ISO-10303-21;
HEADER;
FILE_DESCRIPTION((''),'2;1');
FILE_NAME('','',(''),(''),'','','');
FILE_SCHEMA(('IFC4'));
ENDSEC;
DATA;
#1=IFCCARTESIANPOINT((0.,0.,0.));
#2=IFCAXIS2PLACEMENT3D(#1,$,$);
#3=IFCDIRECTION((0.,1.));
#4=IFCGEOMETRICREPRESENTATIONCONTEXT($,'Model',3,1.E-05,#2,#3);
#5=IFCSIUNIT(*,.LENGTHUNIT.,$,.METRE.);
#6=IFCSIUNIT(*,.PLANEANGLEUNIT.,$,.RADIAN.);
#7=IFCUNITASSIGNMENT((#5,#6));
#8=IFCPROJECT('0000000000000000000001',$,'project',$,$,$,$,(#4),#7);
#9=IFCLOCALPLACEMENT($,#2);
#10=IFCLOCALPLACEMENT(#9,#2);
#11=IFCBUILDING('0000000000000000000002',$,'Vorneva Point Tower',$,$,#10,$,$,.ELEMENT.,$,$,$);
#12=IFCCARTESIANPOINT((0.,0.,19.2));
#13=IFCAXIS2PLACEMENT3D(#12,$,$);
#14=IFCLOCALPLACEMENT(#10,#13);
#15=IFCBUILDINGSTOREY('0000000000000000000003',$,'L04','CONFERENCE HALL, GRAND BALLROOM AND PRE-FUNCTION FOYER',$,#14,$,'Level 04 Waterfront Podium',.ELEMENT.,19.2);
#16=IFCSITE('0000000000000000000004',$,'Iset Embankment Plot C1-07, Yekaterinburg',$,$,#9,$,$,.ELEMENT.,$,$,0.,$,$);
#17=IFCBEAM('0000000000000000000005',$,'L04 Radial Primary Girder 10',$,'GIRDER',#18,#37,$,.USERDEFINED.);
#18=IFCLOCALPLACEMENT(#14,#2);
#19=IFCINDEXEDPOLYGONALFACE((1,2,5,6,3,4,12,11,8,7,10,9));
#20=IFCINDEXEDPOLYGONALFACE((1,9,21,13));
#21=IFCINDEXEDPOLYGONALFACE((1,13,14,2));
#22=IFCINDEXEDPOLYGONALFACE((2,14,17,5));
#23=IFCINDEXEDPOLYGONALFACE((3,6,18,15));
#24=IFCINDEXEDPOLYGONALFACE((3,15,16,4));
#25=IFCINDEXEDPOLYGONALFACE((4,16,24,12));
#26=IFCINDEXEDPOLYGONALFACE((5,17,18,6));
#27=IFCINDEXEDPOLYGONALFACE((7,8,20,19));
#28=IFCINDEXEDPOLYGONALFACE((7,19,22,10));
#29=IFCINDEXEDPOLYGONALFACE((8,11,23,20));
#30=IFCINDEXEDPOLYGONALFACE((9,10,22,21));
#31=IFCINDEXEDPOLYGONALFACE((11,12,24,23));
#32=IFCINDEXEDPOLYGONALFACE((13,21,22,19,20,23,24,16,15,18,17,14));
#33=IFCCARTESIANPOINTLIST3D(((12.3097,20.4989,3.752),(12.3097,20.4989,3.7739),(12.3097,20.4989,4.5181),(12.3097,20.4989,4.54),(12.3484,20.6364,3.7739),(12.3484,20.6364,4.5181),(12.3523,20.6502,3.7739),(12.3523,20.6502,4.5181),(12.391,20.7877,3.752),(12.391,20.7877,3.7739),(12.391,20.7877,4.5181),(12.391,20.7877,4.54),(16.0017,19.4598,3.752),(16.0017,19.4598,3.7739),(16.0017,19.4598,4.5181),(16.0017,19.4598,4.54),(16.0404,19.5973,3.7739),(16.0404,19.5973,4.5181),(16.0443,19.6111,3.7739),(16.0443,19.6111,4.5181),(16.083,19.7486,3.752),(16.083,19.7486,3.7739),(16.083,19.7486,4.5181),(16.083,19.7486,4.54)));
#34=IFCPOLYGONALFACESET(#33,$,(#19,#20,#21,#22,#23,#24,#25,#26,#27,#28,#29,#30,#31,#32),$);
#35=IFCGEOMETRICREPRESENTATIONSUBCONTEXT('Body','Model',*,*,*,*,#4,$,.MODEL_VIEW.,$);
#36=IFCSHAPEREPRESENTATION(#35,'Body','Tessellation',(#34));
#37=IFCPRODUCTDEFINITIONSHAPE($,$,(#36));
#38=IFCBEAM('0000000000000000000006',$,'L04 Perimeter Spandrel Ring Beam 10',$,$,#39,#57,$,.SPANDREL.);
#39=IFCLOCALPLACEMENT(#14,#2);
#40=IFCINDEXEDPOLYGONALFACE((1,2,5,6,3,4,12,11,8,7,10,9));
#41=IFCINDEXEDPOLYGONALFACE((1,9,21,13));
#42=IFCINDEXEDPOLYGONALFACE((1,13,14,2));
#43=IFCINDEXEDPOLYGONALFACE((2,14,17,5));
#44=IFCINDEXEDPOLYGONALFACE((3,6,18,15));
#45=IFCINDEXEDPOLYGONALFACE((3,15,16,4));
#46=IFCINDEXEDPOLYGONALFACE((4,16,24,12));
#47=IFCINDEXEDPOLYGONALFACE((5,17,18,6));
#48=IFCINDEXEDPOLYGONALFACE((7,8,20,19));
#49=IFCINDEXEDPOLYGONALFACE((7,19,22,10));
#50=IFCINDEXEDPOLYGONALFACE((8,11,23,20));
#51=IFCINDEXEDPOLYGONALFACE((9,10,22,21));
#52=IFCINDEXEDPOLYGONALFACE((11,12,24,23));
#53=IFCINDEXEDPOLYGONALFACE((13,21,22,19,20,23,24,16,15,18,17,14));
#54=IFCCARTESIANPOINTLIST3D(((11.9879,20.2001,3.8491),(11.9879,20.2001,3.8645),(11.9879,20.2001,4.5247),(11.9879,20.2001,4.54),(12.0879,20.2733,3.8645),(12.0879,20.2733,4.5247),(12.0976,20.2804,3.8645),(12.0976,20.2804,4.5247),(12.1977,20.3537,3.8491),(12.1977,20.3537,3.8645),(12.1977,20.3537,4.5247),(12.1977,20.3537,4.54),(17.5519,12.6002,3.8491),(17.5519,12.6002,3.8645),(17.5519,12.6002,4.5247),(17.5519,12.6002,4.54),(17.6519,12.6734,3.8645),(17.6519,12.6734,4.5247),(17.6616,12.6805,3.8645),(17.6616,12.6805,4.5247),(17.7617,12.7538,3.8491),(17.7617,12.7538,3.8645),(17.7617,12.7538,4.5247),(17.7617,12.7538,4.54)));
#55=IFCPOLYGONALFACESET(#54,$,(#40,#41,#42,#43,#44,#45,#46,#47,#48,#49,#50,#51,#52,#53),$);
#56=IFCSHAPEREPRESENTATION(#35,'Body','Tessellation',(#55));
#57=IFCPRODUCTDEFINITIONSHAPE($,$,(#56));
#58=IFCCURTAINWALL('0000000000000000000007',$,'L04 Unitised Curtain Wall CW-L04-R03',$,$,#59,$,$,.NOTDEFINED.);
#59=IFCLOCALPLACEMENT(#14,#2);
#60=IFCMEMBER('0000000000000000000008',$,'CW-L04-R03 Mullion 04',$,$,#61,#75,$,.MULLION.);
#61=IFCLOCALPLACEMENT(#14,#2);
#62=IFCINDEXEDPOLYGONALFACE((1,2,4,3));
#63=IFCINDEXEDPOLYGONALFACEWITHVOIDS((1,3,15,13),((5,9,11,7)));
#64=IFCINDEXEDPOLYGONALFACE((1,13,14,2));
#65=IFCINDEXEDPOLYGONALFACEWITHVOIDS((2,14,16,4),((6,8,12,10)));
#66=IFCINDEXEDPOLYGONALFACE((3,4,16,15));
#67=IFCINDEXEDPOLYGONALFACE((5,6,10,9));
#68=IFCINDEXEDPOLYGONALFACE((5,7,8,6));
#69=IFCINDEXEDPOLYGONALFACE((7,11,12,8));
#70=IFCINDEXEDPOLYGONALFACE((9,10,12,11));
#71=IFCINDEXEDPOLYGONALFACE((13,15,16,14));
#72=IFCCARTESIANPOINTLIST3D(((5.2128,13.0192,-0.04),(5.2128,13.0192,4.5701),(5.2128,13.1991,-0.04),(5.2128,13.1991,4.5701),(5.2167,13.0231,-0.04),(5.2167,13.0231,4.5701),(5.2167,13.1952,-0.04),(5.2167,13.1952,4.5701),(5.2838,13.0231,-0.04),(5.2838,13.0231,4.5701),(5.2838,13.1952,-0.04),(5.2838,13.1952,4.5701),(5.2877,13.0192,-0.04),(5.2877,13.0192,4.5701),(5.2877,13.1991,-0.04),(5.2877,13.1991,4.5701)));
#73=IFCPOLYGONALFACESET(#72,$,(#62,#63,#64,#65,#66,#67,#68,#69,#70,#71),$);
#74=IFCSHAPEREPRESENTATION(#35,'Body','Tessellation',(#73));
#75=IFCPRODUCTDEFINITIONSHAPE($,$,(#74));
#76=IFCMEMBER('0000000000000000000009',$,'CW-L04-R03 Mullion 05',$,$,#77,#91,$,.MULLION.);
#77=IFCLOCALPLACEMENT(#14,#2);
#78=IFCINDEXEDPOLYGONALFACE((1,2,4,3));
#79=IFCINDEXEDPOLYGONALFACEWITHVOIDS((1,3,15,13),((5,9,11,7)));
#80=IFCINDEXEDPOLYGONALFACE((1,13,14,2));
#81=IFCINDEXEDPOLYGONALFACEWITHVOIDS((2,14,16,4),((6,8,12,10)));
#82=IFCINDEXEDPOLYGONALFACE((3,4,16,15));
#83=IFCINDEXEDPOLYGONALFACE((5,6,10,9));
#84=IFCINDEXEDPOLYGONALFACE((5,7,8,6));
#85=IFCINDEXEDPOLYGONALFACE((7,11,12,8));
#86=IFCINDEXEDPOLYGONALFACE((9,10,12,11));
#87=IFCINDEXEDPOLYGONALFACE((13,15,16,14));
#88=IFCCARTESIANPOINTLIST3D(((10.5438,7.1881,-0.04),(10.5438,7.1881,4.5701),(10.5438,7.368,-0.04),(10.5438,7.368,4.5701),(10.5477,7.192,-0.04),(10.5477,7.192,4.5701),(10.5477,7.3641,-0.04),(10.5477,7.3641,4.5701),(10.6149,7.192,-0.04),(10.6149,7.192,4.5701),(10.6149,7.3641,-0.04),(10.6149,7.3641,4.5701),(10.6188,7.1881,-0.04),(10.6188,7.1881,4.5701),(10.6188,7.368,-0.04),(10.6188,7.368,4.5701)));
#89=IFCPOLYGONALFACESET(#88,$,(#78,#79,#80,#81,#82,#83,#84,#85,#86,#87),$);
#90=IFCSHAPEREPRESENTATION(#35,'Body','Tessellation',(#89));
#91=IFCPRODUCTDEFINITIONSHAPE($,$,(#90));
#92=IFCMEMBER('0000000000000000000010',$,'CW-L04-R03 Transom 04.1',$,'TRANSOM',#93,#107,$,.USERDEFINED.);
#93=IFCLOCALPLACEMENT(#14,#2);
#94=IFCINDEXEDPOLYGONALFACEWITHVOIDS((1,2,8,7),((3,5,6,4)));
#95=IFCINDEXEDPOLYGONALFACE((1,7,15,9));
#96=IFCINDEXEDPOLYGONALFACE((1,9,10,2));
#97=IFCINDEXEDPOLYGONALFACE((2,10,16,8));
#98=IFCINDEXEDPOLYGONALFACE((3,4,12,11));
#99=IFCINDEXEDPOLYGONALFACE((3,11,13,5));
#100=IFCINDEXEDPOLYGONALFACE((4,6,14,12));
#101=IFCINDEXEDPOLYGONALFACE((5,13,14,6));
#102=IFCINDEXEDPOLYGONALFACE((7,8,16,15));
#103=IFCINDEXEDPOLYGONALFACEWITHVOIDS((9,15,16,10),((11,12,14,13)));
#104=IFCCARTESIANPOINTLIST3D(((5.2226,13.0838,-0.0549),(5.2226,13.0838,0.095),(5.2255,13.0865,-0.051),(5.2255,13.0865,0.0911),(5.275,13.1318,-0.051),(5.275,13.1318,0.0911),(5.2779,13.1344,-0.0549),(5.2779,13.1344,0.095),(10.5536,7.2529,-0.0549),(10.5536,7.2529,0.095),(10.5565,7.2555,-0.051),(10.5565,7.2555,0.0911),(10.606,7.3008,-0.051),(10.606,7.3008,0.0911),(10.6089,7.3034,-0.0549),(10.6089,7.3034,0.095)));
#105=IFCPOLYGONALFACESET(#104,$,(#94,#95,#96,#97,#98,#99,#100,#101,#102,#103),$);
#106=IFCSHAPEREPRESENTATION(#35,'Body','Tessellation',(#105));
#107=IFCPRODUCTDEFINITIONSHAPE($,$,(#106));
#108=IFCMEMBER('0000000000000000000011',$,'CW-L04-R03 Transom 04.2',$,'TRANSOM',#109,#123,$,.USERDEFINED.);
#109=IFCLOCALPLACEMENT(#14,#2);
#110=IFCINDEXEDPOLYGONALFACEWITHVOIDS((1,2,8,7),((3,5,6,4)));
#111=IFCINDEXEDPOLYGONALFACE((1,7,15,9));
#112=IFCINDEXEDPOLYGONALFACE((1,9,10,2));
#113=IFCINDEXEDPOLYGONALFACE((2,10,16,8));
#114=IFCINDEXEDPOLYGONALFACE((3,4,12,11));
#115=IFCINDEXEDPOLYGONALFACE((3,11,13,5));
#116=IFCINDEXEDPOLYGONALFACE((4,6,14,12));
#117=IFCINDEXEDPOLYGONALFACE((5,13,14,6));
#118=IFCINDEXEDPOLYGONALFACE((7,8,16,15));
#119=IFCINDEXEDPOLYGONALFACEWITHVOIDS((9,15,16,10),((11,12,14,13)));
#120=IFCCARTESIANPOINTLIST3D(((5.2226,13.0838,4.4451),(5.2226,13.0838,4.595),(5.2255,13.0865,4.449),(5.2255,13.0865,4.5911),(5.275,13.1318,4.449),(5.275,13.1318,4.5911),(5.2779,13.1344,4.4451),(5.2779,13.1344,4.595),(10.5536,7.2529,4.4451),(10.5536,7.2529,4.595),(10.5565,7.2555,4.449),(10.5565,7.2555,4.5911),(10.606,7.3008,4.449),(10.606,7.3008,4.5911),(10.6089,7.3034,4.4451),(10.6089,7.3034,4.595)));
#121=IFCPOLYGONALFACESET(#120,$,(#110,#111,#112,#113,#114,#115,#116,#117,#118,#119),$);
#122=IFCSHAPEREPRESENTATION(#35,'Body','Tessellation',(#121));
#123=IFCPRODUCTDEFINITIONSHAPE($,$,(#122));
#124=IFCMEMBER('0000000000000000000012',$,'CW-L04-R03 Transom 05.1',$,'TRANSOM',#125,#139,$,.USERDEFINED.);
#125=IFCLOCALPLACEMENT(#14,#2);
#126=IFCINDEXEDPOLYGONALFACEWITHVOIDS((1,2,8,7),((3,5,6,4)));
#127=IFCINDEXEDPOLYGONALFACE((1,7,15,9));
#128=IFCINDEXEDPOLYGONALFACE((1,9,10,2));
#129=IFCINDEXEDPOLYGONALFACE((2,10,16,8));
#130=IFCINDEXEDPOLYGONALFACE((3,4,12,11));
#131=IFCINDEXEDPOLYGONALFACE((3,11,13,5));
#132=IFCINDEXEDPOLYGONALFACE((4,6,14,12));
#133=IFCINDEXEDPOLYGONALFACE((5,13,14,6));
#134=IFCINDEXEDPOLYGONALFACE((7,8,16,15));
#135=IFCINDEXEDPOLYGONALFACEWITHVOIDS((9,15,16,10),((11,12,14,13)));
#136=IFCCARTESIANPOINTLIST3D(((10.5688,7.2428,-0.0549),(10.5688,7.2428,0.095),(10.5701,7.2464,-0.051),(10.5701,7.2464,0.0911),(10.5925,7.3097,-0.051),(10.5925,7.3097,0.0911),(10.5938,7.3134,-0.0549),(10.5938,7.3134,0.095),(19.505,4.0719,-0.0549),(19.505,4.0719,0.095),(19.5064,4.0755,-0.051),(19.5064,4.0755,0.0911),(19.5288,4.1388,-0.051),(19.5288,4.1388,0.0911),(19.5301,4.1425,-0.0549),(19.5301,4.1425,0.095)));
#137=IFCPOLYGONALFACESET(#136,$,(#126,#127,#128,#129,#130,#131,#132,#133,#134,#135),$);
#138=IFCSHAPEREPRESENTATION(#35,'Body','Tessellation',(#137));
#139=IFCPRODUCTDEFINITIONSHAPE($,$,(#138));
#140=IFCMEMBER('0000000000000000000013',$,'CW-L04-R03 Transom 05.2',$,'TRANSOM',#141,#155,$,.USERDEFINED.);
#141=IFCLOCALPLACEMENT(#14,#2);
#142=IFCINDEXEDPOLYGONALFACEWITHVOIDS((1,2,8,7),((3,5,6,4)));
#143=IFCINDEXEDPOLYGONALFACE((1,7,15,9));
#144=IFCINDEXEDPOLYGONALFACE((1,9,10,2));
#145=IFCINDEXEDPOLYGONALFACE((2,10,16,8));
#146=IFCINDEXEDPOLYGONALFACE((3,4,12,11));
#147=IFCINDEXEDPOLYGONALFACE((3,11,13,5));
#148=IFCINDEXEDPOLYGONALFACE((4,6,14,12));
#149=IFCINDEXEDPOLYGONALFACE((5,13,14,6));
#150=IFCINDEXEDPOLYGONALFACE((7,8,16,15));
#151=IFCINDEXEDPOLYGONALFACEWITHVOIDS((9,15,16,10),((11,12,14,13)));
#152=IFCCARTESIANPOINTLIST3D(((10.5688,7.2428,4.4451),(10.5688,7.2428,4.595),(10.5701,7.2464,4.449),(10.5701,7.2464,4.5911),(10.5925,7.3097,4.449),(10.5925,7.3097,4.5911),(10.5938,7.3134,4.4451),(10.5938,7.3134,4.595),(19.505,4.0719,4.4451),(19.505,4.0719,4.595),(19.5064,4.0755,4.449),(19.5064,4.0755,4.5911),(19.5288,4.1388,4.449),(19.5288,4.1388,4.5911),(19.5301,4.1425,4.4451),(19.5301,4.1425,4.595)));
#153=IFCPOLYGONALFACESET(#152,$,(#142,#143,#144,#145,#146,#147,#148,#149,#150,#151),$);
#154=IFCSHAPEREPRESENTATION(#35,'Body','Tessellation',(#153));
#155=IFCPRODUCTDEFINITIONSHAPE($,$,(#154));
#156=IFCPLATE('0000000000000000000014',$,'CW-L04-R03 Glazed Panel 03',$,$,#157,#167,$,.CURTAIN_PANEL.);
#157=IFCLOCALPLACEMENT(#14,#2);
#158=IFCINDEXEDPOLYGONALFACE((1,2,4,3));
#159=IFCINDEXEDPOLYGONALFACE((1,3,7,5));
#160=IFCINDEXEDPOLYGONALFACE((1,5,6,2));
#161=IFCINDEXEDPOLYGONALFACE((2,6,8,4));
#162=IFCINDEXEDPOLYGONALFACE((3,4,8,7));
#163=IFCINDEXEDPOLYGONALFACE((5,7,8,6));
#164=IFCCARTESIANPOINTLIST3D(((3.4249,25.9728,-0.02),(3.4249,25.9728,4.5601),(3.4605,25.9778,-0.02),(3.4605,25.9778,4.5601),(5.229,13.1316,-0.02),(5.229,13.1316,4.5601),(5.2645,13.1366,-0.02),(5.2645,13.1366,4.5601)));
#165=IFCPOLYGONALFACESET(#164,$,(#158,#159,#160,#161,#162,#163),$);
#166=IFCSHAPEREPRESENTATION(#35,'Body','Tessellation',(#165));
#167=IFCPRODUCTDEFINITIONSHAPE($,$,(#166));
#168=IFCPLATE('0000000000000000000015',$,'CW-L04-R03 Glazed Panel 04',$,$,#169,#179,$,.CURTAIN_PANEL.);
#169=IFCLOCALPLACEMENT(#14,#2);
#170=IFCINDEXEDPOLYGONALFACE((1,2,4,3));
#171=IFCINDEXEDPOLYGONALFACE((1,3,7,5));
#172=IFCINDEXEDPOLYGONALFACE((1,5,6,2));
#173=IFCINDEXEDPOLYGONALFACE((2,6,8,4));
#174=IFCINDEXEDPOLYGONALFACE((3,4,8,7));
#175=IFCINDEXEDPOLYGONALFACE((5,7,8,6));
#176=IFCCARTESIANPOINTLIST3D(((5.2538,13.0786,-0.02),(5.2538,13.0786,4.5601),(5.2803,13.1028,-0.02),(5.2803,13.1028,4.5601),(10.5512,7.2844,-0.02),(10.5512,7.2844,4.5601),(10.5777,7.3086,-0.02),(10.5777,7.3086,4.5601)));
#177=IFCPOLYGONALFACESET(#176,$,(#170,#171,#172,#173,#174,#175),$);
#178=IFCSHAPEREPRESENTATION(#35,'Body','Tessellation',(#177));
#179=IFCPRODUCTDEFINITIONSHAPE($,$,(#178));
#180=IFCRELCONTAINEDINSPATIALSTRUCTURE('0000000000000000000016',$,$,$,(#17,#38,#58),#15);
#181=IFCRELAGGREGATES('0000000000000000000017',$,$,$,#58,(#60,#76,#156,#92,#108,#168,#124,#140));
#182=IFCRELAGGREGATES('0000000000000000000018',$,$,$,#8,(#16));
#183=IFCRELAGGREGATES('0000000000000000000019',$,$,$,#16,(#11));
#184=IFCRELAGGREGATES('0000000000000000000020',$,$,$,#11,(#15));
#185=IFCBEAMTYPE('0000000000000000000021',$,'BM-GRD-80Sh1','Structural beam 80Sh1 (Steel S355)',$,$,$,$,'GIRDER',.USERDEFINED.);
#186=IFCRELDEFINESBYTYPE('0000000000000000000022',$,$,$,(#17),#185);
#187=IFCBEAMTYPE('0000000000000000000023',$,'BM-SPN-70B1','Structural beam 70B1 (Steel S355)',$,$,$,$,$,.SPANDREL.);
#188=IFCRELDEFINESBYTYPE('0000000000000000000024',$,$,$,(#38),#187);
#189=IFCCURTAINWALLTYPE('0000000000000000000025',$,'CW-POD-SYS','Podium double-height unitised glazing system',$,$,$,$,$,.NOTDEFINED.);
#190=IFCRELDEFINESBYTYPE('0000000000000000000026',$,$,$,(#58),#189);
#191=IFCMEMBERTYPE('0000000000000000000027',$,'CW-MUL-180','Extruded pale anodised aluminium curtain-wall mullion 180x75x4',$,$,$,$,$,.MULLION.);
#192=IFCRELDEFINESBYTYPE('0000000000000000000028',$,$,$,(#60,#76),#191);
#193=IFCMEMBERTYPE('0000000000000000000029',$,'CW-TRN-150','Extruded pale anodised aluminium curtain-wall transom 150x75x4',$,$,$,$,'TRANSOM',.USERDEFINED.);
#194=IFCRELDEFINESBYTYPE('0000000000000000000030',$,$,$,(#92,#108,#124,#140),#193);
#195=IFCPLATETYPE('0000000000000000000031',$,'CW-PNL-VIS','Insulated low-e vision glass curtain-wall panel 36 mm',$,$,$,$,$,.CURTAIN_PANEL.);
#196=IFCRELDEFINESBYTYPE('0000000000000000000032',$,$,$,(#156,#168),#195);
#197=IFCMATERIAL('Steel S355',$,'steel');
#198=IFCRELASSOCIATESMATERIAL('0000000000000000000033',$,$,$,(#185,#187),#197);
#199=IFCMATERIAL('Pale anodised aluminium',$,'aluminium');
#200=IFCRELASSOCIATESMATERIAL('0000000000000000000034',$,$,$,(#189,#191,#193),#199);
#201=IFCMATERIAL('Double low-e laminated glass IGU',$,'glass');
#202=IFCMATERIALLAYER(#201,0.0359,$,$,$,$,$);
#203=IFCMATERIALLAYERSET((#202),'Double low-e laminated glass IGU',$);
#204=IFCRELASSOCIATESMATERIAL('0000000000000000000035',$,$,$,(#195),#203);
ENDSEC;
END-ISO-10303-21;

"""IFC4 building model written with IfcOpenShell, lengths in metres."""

from ifc_helpers import new_model, si_unit, direction, frame, origin, origin_2d, place, context, subcontext, project, spatial, rectangle, hollow_rectangle, i_section, extrude, material, layer, layer_set, material_profile, profile_set, type_object, element, aggregate, save


model = new_model("IFC4")

# Units and contexts
model_context = context("Model", 3, precision=1e-05, world=origin(), true_north=direction((0.0, 1.0)))
body_context = subcontext(model_context, "Body", "Model", "MODEL_VIEW")
ifc_project = project(units=[si_unit("LENGTHUNIT", "METRE"), si_unit("PLANEANGLEUNIT", "RADIAN")], contexts=[model_context])

# Site, building, storey
site_placement = place(None, origin())
site = spatial("IfcSite", under=ifc_project, at=site_placement, Name="Iset Embankment Plot C1-07, Yekaterinburg", CompositionType="ELEMENT", RefElevation=0.0)
building_placement = place(site_placement, origin())
building = spatial("IfcBuilding", under=site, at=building_placement, Name="Vorneva Point Tower", CompositionType="ELEMENT")
storey_placement = place(building_placement, frame((0.0, 0.0, 19.2)))
storey = spatial("IfcBuildingStorey", under=building, at=storey_placement, Name="L04", Description="CONFERENCE HALL, GRAND BALLROOM AND PRE-FUNCTION FOYER", LongName="Level 04 Waterfront Podium", CompositionType="ELEMENT", Elevation=19.2)

# Beams
ifc_material_1 = material(Name="Steel S355", Category="steel")
ifc_material_profile_1 = material_profile(ifc_material_1, i_section(OverallWidth=0.3, OverallDepth=0.7881, WebThickness=0.0144, FlangeThickness=0.022, at=origin_2d()), Name="80Sh1")
ifc_profile_set_1 = profile_set([ifc_material_profile_1], Name="Steel S355")
beam_type_1 = type_object("IfcBeamType", Name="BM-GRD-80Sh1", Description="Structural beam 80Sh1 (Steel S355)", ElementType="GIRDER", PredefinedType="USERDEFINED", material=ifc_profile_set_1)
beam_1_placement = place(storey_placement, frame((12.3503, 20.6433, 4.146), z_axis=(0.962602, -0.270919, 0.0), x_axis=(0.270919, 0.962602, 0.0)))
element("IfcBeam", 1, at=beam_1_placement, inside=storey, type_object=beam_type_1, Name="L04 Radial Primary Girder 10", ObjectType="GIRDER", PredefinedType="USERDEFINED", context=body_context, shape_type="SweptSolid", body=[
    extrude(i_section(OverallWidth=0.3, OverallDepth=0.7881, WebThickness=0.0144, FlangeThickness=0.022, at=origin_2d()), origin(), (0.0, 0.0, 1.0), 3.8354),
])
ifc_material_profile_2 = material_profile(ifc_material_1, i_section(OverallWidth=0.26, OverallDepth=0.6909, WebThickness=0.012, FlangeThickness=0.0154, at=origin_2d()), Name="70B1")
ifc_profile_set_2 = profile_set([ifc_material_profile_2], Name="Steel S355")
beam_type_2 = type_object("IfcBeamType", Name="BM-SPN-70B1", Description="Structural beam 70B1 (Steel S355)", PredefinedType="SPANDREL", material=ifc_profile_set_2)
beam_2_placement = place(storey_placement, frame((12.0928, 20.2769, 4.1946), z_axis=(0.590724, -0.806874, 0.0), x_axis=(0.806874, 0.590724, 0.0)))
element("IfcBeam", 2, at=beam_2_placement, inside=storey, type_object=beam_type_2, Name="L04 Perimeter Spandrel Ring Beam 10", PredefinedType="SPANDREL", context=body_context, shape_type="SweptSolid", body=[
    extrude(i_section(OverallWidth=0.26, OverallDepth=0.6909, WebThickness=0.012, FlangeThickness=0.0154, at=origin_2d()), origin(), (0.0, 0.0, 1.0), 9.4189),
])

# Curtain wall, members, plates
ifc_material_2 = material(Name="Pale anodised aluminium", Category="aluminium")
curtain_wall_type = type_object("IfcCurtainWallType", Name="CW-POD-SYS", Description="Podium double-height unitised glazing system", PredefinedType="NOTDEFINED", material=ifc_material_2)
curtain_wall_placement = place(storey_placement, origin())
curtain_wall = element("IfcCurtainWall", 3, at=curtain_wall_placement, inside=storey, type_object=curtain_wall_type, Name="L04 Unitised Curtain Wall CW-L04-R03", PredefinedType="NOTDEFINED")
ifc_material_profile_3 = material_profile(ifc_material_2, hollow_rectangle(XDim=0.075, YDim=0.1799, WallThickness=0.0039, at=origin_2d()), Name="AL-MUL 180x75x4")
ifc_profile_set_3 = profile_set([ifc_material_profile_3], Name="Pale anodised aluminium")
member_type_1 = type_object("IfcMemberType", Name="CW-MUL-180", Description="Extruded pale anodised aluminium curtain-wall mullion 180x75x4", PredefinedType="MULLION", material=ifc_profile_set_3)
member_1_placement = place(storey_placement, frame((5.2502, 13.1091, -0.04), z_axis=(0.0, 0.0, 1.0), x_axis=(1.0, 0.0, 0.0)))
member_1 = element("IfcMember", 4, at=member_1_placement, type_object=member_type_1, Name="CW-L04-R03 Mullion 04", PredefinedType="MULLION", context=body_context, shape_type="SweptSolid", body=[
    extrude(hollow_rectangle(XDim=0.075, YDim=0.1799, WallThickness=0.0039, at=origin_2d()), origin(), (0.0, 0.0, 1.0), 4.6101),
])
member_2_placement = place(storey_placement, frame((10.5813, 7.2781, -0.04), z_axis=(0.0, 0.0, 1.0), x_axis=(1.0, 0.0, 0.0)))
member_2 = element("IfcMember", 5, at=member_2_placement, type_object=member_type_1, Name="CW-L04-R03 Mullion 05", PredefinedType="MULLION", context=body_context, shape_type="SweptSolid", body=[
    extrude(hollow_rectangle(XDim=0.075, YDim=0.1799, WallThickness=0.0039, at=origin_2d()), origin(), (0.0, 0.0, 1.0), 4.6101),
])
ifc_material_profile_4 = material_profile(ifc_material_2, hollow_rectangle(XDim=0.075, YDim=0.1499, WallThickness=0.0039, at=origin_2d()), Name="AL-TRN 150x75x4")
ifc_profile_set_4 = profile_set([ifc_material_profile_4], Name="Pale anodised aluminium")
member_type_2 = type_object("IfcMemberType", Name="CW-TRN-150", Description="Extruded pale anodised aluminium curtain-wall transom 150x75x4", ElementType="TRANSOM", PredefinedType="USERDEFINED", material=ifc_profile_set_4)
member_3_placement = place(storey_placement, frame((5.2502, 13.1091, 0.02), z_axis=(0.674756, -0.738041, 0.0), x_axis=(0.738041, 0.674756, 0.0)))
member_3 = element("IfcMember", 6, at=member_3_placement, type_object=member_type_2, Name="CW-L04-R03 Transom 04.1", ObjectType="TRANSOM", PredefinedType="USERDEFINED", context=body_context, shape_type="SweptSolid", body=[
    extrude(hollow_rectangle(XDim=0.075, YDim=0.1499, WallThickness=0.0039, at=origin_2d()), origin(), (0.0, 0.0, 1.0), 7.9006),
])
member_4_placement = place(storey_placement, frame((5.2502, 13.1091, 4.52), z_axis=(0.674756, -0.738041, 0.0), x_axis=(0.738041, 0.674756, 0.0)))
member_4 = element("IfcMember", 7, at=member_4_placement, type_object=member_type_2, Name="CW-L04-R03 Transom 04.2", ObjectType="TRANSOM", PredefinedType="USERDEFINED", context=body_context, shape_type="SweptSolid", body=[
    extrude(hollow_rectangle(XDim=0.075, YDim=0.1499, WallThickness=0.0039, at=origin_2d()), origin(), (0.0, 0.0, 1.0), 7.9006),
])
member_5_placement = place(storey_placement, frame((10.5813, 7.2781, 0.02), z_axis=(0.942429, -0.334406, 0.0), x_axis=(0.334406, 0.942429, 0.0)))
member_5 = element("IfcMember", 8, at=member_5_placement, type_object=member_type_2, Name="CW-L04-R03 Transom 05.1", ObjectType="TRANSOM", PredefinedType="USERDEFINED", context=body_context, shape_type="SweptSolid", body=[
    extrude(hollow_rectangle(XDim=0.075, YDim=0.1499, WallThickness=0.0039, at=origin_2d()), origin(), (0.0, 0.0, 1.0), 9.4822),
])
member_6_placement = place(storey_placement, frame((10.5813, 7.2781, 4.52), z_axis=(0.942429, -0.334406, 0.0), x_axis=(0.334406, 0.942429, 0.0)))
member_6 = element("IfcMember", 9, at=member_6_placement, type_object=member_type_2, Name="CW-L04-R03 Transom 05.2", ObjectType="TRANSOM", PredefinedType="USERDEFINED", context=body_context, shape_type="SweptSolid", body=[
    extrude(hollow_rectangle(XDim=0.075, YDim=0.1499, WallThickness=0.0039, at=origin_2d()), origin(), (0.0, 0.0, 1.0), 9.4822),
])
ifc_material_3 = material(Name="Double low-e laminated glass IGU", Category="glass")
ifc_layer_1 = layer(ifc_material_3, 0.0359)
ifc_layer_set_1 = layer_set([ifc_layer_1], Name="Double low-e laminated glass IGU")
plate_type = type_object("IfcPlateType", Name="CW-PNL-VIS", Description="Insulated low-e vision glass curtain-wall panel 36 mm", PredefinedType="CURTAIN_PANEL", material=ifc_layer_set_1)
plate_1_placement = place(storey_placement, frame((4.3447, 19.5547, -0.02), z_axis=(0.0, 0.0, 1.0), x_axis=(0.139121, -0.990275, 0.0)))
plate_1 = element("IfcPlate", 10, at=plate_1_placement, type_object=plate_type, Name="CW-L04-R03 Glazed Panel 03", PredefinedType="CURTAIN_PANEL", context=body_context, shape_type="SweptSolid", body=[
    extrude(rectangle(XDim=12.9673, YDim=0.0359, at=origin_2d()), origin(), (0.0, 0.0, 1.0), 4.5801),
])
plate_2_placement = place(storey_placement, frame((7.9158, 10.1936, -0.02), z_axis=(0.0, 0.0, 1.0), x_axis=(0.674753, -0.738043, 0.0)))
plate_2 = element("IfcPlate", 11, at=plate_2_placement, type_object=plate_type, Name="CW-L04-R03 Glazed Panel 04", PredefinedType="CURTAIN_PANEL", context=body_context, shape_type="SweptSolid", body=[
    extrude(rectangle(XDim=7.8508, YDim=0.0359, at=origin_2d()), origin(), (0.0, 0.0, 1.0), 4.5801),
])
aggregate(curtain_wall, [member_1, member_2, plate_1, member_3, member_4, plate_2, member_5, member_6])

save(model, "model.ifc")
